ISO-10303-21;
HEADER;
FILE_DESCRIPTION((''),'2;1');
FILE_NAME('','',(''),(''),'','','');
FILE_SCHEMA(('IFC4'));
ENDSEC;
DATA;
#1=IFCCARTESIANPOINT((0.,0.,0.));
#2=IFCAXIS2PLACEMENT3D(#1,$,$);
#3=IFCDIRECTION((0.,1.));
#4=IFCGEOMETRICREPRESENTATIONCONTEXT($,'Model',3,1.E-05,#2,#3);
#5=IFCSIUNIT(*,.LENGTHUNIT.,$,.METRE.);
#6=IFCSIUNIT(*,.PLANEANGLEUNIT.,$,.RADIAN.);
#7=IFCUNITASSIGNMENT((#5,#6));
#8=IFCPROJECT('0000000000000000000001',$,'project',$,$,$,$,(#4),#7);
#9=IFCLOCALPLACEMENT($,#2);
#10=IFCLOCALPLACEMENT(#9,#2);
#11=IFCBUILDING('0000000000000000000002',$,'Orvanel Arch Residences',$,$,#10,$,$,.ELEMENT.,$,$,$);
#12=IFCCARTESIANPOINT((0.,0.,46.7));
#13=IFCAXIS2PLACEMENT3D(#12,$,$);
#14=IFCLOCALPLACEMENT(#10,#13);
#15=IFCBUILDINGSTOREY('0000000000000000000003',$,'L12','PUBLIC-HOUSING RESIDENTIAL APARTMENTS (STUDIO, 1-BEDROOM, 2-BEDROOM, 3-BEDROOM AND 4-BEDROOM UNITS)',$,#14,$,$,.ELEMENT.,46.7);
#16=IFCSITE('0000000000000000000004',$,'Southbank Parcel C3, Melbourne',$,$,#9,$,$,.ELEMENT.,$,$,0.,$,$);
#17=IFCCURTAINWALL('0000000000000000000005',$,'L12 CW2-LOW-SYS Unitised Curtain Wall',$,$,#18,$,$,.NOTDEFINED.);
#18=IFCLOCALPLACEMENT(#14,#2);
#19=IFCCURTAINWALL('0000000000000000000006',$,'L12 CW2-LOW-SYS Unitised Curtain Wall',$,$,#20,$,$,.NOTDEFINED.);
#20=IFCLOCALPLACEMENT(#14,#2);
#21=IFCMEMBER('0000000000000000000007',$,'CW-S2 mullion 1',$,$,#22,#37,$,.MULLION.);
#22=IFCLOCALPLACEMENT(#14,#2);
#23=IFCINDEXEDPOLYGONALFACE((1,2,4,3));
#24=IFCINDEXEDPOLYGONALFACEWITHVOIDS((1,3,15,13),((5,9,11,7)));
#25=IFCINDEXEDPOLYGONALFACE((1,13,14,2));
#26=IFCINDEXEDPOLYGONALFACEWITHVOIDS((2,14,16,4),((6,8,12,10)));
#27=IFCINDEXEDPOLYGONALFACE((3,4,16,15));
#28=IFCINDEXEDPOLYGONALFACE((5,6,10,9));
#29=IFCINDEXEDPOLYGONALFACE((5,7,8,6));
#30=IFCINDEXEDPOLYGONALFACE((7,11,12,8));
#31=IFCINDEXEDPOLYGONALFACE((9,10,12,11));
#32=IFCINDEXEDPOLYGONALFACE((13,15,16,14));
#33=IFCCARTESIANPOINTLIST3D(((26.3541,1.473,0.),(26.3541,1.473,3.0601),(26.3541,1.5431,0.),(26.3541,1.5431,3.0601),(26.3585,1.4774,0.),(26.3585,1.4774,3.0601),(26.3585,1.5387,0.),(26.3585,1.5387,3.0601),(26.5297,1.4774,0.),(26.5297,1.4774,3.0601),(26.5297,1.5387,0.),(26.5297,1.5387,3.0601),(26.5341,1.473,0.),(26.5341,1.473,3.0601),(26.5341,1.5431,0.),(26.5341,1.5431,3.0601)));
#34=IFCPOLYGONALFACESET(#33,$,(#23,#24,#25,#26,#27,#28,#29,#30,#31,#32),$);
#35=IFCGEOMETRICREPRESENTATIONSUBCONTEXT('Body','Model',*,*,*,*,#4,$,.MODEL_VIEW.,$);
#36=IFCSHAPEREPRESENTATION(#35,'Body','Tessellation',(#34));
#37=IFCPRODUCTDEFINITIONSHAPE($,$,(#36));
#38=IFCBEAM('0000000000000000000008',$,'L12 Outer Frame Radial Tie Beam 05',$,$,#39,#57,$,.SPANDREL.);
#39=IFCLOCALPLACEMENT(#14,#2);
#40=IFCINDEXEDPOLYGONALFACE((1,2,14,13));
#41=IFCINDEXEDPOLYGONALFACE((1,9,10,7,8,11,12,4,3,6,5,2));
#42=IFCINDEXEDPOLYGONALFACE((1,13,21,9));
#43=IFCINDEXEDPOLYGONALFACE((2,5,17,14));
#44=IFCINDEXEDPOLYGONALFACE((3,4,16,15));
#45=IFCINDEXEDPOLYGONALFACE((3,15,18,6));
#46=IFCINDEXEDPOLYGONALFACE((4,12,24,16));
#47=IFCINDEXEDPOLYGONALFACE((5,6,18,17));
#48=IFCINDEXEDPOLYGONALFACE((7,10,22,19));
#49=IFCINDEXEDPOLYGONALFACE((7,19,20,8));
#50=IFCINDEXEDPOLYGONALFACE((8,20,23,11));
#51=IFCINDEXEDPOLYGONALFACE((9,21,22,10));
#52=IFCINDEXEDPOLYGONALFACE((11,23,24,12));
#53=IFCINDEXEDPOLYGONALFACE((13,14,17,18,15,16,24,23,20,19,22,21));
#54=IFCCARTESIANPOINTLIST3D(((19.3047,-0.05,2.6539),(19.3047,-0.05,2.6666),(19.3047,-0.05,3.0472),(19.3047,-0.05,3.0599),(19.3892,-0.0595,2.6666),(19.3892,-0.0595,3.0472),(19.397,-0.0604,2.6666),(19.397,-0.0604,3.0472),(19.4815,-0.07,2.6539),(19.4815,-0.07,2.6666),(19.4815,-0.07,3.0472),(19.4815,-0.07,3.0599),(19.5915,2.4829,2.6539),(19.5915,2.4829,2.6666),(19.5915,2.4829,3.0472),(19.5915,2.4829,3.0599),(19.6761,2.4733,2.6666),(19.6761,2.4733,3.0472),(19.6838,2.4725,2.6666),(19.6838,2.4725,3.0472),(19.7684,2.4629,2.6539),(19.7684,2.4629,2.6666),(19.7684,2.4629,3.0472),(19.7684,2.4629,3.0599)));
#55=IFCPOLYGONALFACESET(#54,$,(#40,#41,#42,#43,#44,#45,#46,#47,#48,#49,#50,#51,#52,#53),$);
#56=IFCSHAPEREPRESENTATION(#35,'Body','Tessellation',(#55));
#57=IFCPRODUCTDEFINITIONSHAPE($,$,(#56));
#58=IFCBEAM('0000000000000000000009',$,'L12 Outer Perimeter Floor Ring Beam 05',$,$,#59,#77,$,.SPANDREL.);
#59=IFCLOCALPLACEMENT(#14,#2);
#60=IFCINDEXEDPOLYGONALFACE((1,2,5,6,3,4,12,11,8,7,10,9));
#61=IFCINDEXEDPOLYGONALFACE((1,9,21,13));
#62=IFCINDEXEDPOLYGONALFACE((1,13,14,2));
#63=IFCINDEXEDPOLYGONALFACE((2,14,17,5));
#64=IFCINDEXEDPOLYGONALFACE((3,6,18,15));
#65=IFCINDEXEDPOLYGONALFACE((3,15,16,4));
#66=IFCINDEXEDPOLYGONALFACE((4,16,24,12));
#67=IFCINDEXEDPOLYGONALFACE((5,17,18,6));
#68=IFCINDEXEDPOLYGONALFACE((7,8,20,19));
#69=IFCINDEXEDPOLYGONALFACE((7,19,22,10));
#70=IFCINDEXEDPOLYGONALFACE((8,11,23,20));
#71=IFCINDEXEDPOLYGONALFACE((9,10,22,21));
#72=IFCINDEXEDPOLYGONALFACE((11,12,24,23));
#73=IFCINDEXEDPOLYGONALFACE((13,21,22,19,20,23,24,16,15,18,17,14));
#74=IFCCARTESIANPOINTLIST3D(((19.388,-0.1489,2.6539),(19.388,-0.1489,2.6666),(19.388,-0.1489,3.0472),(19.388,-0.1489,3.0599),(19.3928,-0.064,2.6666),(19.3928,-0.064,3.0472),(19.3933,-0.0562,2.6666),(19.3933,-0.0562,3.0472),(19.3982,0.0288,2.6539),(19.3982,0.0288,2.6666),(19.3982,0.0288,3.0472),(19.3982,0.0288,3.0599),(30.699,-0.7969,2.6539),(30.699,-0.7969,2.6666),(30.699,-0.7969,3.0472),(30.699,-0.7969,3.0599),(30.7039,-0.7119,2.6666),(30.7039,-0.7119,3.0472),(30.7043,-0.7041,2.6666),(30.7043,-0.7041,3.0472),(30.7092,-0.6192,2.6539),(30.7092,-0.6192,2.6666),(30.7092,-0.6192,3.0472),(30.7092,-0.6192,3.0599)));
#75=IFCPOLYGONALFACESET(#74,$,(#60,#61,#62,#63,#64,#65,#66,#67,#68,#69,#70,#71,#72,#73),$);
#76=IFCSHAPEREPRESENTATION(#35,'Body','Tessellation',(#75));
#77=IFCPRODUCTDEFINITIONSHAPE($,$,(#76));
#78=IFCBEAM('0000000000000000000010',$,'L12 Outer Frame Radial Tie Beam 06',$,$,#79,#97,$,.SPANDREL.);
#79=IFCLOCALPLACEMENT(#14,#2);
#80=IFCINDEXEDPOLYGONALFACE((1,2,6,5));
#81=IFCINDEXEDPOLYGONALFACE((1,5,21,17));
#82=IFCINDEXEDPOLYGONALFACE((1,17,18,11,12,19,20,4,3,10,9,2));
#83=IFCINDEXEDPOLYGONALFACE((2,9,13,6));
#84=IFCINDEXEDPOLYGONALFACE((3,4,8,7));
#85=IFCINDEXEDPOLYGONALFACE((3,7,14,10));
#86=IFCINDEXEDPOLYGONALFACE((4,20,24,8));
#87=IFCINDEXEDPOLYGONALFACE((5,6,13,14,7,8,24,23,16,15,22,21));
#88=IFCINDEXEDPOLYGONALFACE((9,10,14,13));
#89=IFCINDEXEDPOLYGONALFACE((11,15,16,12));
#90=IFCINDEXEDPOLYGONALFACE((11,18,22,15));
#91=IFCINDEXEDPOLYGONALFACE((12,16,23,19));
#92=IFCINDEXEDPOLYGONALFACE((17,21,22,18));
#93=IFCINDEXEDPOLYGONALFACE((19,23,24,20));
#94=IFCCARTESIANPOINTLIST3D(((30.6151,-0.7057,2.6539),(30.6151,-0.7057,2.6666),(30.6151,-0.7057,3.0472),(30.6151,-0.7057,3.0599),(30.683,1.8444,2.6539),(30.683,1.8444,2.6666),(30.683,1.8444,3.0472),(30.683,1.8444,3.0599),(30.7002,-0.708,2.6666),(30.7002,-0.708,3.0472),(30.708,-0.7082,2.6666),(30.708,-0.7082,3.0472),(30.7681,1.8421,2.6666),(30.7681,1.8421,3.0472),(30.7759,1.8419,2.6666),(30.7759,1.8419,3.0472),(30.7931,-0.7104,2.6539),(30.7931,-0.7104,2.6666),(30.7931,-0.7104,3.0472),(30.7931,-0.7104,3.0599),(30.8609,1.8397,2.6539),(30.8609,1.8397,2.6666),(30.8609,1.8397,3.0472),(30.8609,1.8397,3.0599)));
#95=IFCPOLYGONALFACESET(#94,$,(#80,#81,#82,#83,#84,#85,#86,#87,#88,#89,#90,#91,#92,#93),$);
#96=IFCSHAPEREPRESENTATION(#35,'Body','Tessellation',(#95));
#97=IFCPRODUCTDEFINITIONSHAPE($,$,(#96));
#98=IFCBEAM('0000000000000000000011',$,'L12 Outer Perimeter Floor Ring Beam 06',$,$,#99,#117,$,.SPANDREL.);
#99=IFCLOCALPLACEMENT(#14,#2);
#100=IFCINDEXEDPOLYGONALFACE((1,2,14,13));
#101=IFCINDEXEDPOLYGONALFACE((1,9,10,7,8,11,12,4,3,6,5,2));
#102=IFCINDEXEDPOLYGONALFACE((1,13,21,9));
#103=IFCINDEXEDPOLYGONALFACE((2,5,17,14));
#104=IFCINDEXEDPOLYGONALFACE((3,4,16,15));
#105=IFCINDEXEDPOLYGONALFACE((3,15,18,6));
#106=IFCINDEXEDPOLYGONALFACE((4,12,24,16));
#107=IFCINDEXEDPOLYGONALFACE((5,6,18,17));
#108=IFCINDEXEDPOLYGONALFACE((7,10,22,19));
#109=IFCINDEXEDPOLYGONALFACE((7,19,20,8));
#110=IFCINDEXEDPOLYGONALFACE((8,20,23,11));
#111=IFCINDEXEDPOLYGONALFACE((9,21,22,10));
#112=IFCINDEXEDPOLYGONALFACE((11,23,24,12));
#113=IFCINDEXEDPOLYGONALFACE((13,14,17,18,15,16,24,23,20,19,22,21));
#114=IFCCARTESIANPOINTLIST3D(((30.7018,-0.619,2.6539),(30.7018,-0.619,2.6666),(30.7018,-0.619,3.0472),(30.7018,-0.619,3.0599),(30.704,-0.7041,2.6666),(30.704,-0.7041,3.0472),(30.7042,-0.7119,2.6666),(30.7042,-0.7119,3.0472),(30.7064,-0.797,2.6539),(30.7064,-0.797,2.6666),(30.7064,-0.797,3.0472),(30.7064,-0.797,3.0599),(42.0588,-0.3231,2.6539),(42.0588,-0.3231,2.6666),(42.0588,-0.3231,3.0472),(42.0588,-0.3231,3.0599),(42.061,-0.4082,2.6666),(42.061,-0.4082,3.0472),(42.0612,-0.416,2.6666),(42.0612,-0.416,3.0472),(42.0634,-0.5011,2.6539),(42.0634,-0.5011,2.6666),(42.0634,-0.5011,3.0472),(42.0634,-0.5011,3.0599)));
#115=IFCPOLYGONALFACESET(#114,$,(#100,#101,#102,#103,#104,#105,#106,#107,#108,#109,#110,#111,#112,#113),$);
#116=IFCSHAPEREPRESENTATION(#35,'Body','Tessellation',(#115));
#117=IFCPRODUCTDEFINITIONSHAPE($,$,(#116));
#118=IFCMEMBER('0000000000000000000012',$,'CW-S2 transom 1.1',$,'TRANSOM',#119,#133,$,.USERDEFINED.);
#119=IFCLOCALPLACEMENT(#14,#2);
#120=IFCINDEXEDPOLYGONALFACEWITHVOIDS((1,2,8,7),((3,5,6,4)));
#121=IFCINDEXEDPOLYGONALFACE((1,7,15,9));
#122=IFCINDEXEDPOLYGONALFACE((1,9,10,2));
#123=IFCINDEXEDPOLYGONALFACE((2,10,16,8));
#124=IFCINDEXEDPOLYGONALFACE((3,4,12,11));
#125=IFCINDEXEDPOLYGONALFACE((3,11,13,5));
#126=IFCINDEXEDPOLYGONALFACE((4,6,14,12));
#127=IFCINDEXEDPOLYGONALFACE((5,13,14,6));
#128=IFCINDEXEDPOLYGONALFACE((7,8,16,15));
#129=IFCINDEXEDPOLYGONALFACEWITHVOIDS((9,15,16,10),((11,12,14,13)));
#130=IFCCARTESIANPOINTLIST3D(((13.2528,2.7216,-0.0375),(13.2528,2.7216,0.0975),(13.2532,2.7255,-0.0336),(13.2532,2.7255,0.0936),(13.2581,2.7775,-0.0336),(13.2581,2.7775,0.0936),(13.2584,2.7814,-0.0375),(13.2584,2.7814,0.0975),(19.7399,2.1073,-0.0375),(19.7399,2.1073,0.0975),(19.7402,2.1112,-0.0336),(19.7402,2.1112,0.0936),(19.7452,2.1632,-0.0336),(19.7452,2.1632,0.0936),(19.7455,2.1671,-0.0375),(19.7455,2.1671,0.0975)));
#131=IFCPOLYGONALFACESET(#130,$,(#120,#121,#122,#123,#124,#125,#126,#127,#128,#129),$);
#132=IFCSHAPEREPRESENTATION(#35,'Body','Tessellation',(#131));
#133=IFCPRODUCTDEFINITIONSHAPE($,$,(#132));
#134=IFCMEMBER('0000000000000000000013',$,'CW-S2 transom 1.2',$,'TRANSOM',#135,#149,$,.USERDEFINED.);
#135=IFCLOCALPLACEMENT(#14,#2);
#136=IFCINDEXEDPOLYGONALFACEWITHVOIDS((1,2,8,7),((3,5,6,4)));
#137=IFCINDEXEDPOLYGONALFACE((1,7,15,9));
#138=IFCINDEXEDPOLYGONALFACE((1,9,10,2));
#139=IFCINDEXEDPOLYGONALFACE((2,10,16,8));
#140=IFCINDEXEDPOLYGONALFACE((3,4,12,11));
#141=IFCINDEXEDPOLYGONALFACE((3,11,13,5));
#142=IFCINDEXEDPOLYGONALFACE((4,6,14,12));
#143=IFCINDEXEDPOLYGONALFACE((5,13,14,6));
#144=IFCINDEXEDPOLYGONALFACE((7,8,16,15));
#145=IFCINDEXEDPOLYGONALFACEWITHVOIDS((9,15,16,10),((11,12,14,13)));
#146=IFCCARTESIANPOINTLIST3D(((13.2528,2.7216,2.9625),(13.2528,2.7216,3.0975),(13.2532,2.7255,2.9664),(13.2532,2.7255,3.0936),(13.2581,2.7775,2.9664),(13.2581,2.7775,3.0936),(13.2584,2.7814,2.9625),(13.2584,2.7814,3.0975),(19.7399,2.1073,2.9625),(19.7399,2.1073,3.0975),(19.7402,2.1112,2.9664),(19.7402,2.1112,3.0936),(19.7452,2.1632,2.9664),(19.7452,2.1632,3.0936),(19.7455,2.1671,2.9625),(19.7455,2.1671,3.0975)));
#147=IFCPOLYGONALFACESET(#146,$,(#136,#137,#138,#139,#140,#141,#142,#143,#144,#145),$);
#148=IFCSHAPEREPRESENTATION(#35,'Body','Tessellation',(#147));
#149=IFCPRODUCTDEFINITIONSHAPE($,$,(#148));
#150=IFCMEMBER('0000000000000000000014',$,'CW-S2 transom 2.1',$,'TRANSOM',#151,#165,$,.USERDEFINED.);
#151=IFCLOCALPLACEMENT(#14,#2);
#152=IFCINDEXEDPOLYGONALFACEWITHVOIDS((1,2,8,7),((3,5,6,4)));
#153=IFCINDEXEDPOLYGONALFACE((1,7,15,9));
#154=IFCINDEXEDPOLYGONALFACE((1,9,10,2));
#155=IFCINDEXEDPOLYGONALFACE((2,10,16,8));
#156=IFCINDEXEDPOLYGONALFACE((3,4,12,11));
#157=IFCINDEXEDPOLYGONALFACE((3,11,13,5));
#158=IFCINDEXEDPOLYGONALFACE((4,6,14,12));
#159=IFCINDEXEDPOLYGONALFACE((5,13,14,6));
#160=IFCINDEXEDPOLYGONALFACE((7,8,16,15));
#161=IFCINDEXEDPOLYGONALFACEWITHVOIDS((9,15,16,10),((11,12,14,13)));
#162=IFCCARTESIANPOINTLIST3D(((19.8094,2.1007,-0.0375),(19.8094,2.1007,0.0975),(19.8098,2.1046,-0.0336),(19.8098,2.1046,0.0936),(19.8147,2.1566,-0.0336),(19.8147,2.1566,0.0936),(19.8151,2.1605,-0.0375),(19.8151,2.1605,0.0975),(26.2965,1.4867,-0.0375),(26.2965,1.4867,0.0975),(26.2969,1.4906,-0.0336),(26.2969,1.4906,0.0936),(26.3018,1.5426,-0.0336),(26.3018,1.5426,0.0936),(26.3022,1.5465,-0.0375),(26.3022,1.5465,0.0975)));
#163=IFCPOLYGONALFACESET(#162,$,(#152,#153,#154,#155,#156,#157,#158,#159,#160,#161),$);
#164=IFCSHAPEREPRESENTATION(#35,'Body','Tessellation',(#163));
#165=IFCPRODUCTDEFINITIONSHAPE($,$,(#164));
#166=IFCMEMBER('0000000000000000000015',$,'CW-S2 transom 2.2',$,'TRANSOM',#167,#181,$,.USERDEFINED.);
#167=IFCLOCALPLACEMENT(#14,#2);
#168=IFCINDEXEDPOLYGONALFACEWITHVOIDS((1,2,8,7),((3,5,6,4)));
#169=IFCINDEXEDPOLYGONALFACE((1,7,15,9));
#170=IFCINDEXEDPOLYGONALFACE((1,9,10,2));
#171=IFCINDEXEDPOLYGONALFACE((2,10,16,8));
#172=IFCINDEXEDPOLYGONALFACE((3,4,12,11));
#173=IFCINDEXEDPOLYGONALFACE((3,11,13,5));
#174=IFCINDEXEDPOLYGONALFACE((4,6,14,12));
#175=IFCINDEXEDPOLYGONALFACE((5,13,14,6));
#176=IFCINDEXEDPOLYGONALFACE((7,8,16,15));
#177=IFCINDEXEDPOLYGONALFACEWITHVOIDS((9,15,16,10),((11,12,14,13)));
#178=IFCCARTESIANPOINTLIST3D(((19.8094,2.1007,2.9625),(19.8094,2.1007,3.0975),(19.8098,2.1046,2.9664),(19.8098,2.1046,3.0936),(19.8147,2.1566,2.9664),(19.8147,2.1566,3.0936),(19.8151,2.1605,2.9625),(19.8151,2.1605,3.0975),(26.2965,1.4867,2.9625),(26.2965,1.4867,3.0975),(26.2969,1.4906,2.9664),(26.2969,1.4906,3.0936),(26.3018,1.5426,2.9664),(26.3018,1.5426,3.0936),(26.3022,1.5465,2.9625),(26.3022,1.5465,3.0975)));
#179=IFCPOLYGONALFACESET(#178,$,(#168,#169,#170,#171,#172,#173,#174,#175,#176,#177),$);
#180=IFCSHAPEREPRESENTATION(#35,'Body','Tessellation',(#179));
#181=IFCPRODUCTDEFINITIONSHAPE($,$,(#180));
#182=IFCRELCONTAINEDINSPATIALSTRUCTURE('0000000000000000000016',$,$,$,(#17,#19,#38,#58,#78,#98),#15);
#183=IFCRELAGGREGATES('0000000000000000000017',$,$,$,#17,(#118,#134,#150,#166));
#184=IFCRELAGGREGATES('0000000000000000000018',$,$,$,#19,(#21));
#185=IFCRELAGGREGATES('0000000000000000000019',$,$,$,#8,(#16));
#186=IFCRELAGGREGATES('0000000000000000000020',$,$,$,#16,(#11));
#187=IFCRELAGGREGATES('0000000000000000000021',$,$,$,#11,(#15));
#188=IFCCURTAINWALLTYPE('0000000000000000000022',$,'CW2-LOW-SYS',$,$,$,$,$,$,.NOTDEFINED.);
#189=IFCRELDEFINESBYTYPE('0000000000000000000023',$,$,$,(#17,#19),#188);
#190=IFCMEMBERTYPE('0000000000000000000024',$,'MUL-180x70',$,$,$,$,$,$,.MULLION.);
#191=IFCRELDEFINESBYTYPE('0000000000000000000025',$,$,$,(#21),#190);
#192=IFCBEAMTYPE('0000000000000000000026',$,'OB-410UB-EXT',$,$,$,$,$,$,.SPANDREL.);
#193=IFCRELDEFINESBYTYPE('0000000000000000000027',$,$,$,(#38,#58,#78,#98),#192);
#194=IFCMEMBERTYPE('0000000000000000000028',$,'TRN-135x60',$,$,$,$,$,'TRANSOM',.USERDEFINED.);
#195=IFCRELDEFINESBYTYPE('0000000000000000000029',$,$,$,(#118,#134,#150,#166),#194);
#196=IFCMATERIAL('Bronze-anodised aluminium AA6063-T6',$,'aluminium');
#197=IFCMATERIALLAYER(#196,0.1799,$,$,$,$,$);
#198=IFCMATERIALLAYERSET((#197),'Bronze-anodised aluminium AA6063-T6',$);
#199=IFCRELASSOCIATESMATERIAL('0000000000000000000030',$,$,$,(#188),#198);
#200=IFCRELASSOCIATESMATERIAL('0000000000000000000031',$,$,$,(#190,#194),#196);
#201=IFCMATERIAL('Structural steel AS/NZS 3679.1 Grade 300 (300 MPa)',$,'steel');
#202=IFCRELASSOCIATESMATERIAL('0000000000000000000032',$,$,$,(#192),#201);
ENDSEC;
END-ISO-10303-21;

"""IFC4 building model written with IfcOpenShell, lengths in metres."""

from ifc_helpers import new_model, si_unit, direction, frame, origin, origin_2d, place, context, subcontext, project, spatial, hollow_rectangle, i_section, extrude, material, layer, layer_set, material_profile, profile_set, type_object, element, aggregate, save


model = new_model("IFC4")

# Units and contexts
model_context = context("Model", 3, precision=1e-05, world=origin(), true_north=direction((0.0, 1.0)))
body_context = subcontext(model_context, "Body", "Model", "MODEL_VIEW")
ifc_project = project(units=[si_unit("LENGTHUNIT", "METRE"), si_unit("PLANEANGLEUNIT", "RADIAN")], contexts=[model_context])

# Site, building, storey
site_placement = place(None, origin())
site = spatial("IfcSite", under=ifc_project, at=site_placement, Name="Southbank Parcel C3, Melbourne", CompositionType="ELEMENT", RefElevation=0.0)
building_placement = place(site_placement, origin())
building = spatial("IfcBuilding", under=site, at=building_placement, Name="Orvanel Arch Residences", CompositionType="ELEMENT")
storey_placement = place(building_placement, frame((0.0, 0.0, 46.7)))
storey = spatial("IfcBuildingStorey", under=building, at=storey_placement, Name="L12", Description="PUBLIC-HOUSING RESIDENTIAL APARTMENTS (STUDIO, 1-BEDROOM, 2-BEDROOM, 3-BEDROOM AND 4-BEDROOM UNITS)", CompositionType="ELEMENT", Elevation=46.7)

# Shared definitions
ifc_material_1 = material(Name="Bronze-anodised aluminium AA6063-T6", Category="aluminium")

# Curtain wall
ifc_layer_1 = layer(ifc_material_1, 0.1799)
ifc_layer_set_1 = layer_set([ifc_layer_1], Name="Bronze-anodised aluminium AA6063-T6")
curtain_wall_type_1 = type_object("IfcCurtainWallType", Name="CW2-LOW-SYS", PredefinedType="NOTDEFINED", material=ifc_layer_set_1)
curtain_wall_1_placement = place(storey_placement, origin())
curtain_wall_1 = element("IfcCurtainWall", 1, at=curtain_wall_1_placement, inside=storey, type_object=curtain_wall_type_1, Name="L12 CW2-LOW-SYS Unitised Curtain Wall", PredefinedType="NOTDEFINED")
ifc_material_profile_1 = material_profile(ifc_material_1, hollow_rectangle(XDim=0.0701, YDim=0.1799, WallThickness=0.0044, at=origin_2d()), Name="ALU180x70x4.5")
ifc_profile_set_1 = profile_set([ifc_material_profile_1], Name="Bronze-anodised aluminium AA6063-T6")
member_type_1 = type_object("IfcMemberType", Name="MUL-180x70", PredefinedType="MULLION", material=ifc_profile_set_1)

# Curtain wall, member
curtain_wall_2_placement = place(storey_placement, origin())
curtain_wall_2 = element("IfcCurtainWall", 2, at=curtain_wall_2_placement, inside=storey, type_object=curtain_wall_type_1, Name="L12 CW2-LOW-SYS Unitised Curtain Wall", PredefinedType="NOTDEFINED")
member_1_placement = place(storey_placement, frame((26.4441, 1.5081, 0.0), z_axis=(0.0, 0.0, 1.0), x_axis=(0.0, 1.0, 0.0)))
member_1 = element("IfcMember", 3, at=member_1_placement, type_object=member_type_1, Name="CW-S2 mullion 1", PredefinedType="MULLION", context=body_context, shape_type="SweptSolid", body=[
    extrude(hollow_rectangle(XDim=0.0701, YDim=0.1799, WallThickness=0.0044, at=origin_2d()), origin(), (0.0, 0.0, 1.0), 3.0601),
])

# Beams
ifc_material_2 = material(Name="Structural steel AS/NZS 3679.1 Grade 300 (300 MPa)", Category="steel")
ifc_material_profile_2 = material_profile(ifc_material_2, i_section(OverallWidth=0.178, OverallDepth=0.406, WebThickness=0.0078, FlangeThickness=0.0127, at=origin_2d()), Name="410UB59.7")
ifc_profile_set_2 = profile_set([ifc_material_profile_2], Name="Structural steel AS/NZS 3679.1 Grade 300 (300 MPa)")
beam_type = type_object("IfcBeamType", Name="OB-410UB-EXT", PredefinedType="SPANDREL", material=ifc_profile_set_2)
beam_1_placement = place(storey_placement, frame((19.6799, 2.4729, 2.8569), z_axis=(-0.112534, -0.993648, 0.0), x_axis=(0.993648, -0.112534, 0.0)))
element("IfcBeam", 4, at=beam_1_placement, inside=storey, type_object=beam_type, Name="L12 Outer Frame Radial Tie Beam 05", PredefinedType="SPANDREL", context=body_context, shape_type="SweptSolid", body=[
    extrude(i_section(OverallWidth=0.178, OverallDepth=0.406, WebThickness=0.0078, FlangeThickness=0.0127, at=origin_2d()), origin(), (0.0, 0.0, 1.0), 2.5491),
])
beam_2_placement = place(storey_placement, frame((19.3931, -0.0601, 2.8569), z_axis=(0.998363, -0.057191, 0.0), x_axis=(0.057191, 0.998363, 0.0)))
element("IfcBeam", 5, at=beam_2_placement, inside=storey, type_object=beam_type, Name="L12 Outer Perimeter Floor Ring Beam 05", PredefinedType="SPANDREL", context=body_context, shape_type="SweptSolid", body=[
    extrude(i_section(OverallWidth=0.178, OverallDepth=0.406, WebThickness=0.0078, FlangeThickness=0.0127, at=origin_2d()), origin(), (0.0, 0.0, 1.0), 11.3296),
])
beam_3_placement = place(storey_placement, frame((30.772, 1.842, 2.8569), z_axis=(-0.026606, -0.999646, 0.0), x_axis=(0.999646, -0.026606, 0.0)))
element("IfcBeam", 6, at=beam_3_placement, inside=storey, type_object=beam_type, Name="L12 Outer Frame Radial Tie Beam 06", PredefinedType="SPANDREL", context=body_context, shape_type="SweptSolid", body=[
    extrude(i_section(OverallWidth=0.178, OverallDepth=0.406, WebThickness=0.0078, FlangeThickness=0.0127, at=origin_2d()), origin(), (0.0, 0.0, 1.0), 2.551),
])
beam_4_placement = place(storey_placement, frame((30.7041, -0.708, 2.8569), z_axis=(0.999661, 0.026046, 0.0), x_axis=(-0.026046, 0.999661, 0.0)))
element("IfcBeam", 7, at=beam_4_placement, inside=storey, type_object=beam_type, Name="L12 Outer Perimeter Floor Ring Beam 06", PredefinedType="SPANDREL", context=body_context, shape_type="SweptSolid", body=[
    extrude(i_section(OverallWidth=0.178, OverallDepth=0.406, WebThickness=0.0078, FlangeThickness=0.0127, at=origin_2d()), origin(), (0.0, 0.0, 1.0), 11.3608),
])

# Members
ifc_material_profile_3 = material_profile(ifc_material_1, hollow_rectangle(XDim=0.0601, YDim=0.135, WallThickness=0.0039, at=origin_2d()), Name="ALU135x60x4")
ifc_profile_set_3 = profile_set([ifc_material_profile_3], Name="Bronze-anodised aluminium AA6063-T6")
member_type_2 = type_object("IfcMemberType", Name="TRN-135x60", ElementType="TRANSOM", PredefinedType="USERDEFINED", material=ifc_profile_set_3)
member_2_placement = place(storey_placement, frame((13.2556, 2.7515, 0.03), z_axis=(0.995547, -0.094268, 0.0), x_axis=(0.094268, 0.995547, 0.0)))
member_2 = element("IfcMember", 8, at=member_2_placement, type_object=member_type_2, Name="CW-S2 transom 1.1", ObjectType="TRANSOM", PredefinedType="USERDEFINED", context=body_context, shape_type="SweptSolid", body=[
    extrude(hollow_rectangle(XDim=0.0601, YDim=0.135, WallThickness=0.0039, at=origin_2d()), origin(), (0.0, 0.0, 1.0), 6.5161),
])
member_3_placement = place(storey_placement, frame((13.2556, 2.7515, 3.03), z_axis=(0.995547, -0.094268, 0.0), x_axis=(0.094268, 0.995547, 0.0)))
member_3 = element("IfcMember", 9, at=member_3_placement, type_object=member_type_2, Name="CW-S2 transom 1.2", ObjectType="TRANSOM", PredefinedType="USERDEFINED", context=body_context, shape_type="SweptSolid", body=[
    extrude(hollow_rectangle(XDim=0.0601, YDim=0.135, WallThickness=0.0039, at=origin_2d()), origin(), (0.0, 0.0, 1.0), 6.5161),
])
member_4_placement = place(storey_placement, frame((19.8123, 2.1306, 0.03), z_axis=(0.99555, -0.094231, 0.0), x_axis=(0.094231, 0.99555, 0.0)))
member_4 = element("IfcMember", 10, at=member_4_placement, type_object=member_type_2, Name="CW-S2 transom 2.1", ObjectType="TRANSOM", PredefinedType="USERDEFINED", context=body_context, shape_type="SweptSolid", body=[
    extrude(hollow_rectangle(XDim=0.0601, YDim=0.135, WallThickness=0.0039, at=origin_2d()), origin(), (0.0, 0.0, 1.0), 6.5161),
])
member_5_placement = place(storey_placement, frame((19.8123, 2.1306, 3.03), z_axis=(0.99555, -0.094231, 0.0), x_axis=(0.094231, 0.99555, 0.0)))
member_5 = element("IfcMember", 11, at=member_5_placement, type_object=member_type_2, Name="CW-S2 transom 2.2", ObjectType="TRANSOM", PredefinedType="USERDEFINED", context=body_context, shape_type="SweptSolid", body=[
    extrude(hollow_rectangle(XDim=0.0601, YDim=0.135, WallThickness=0.0039, at=origin_2d()), origin(), (0.0, 0.0, 1.0), 6.5161),
])

aggregate(curtain_wall_1, [member_2, member_3, member_4, member_5])
aggregate(curtain_wall_2, [member_1])

save(model, "model.ifc")
